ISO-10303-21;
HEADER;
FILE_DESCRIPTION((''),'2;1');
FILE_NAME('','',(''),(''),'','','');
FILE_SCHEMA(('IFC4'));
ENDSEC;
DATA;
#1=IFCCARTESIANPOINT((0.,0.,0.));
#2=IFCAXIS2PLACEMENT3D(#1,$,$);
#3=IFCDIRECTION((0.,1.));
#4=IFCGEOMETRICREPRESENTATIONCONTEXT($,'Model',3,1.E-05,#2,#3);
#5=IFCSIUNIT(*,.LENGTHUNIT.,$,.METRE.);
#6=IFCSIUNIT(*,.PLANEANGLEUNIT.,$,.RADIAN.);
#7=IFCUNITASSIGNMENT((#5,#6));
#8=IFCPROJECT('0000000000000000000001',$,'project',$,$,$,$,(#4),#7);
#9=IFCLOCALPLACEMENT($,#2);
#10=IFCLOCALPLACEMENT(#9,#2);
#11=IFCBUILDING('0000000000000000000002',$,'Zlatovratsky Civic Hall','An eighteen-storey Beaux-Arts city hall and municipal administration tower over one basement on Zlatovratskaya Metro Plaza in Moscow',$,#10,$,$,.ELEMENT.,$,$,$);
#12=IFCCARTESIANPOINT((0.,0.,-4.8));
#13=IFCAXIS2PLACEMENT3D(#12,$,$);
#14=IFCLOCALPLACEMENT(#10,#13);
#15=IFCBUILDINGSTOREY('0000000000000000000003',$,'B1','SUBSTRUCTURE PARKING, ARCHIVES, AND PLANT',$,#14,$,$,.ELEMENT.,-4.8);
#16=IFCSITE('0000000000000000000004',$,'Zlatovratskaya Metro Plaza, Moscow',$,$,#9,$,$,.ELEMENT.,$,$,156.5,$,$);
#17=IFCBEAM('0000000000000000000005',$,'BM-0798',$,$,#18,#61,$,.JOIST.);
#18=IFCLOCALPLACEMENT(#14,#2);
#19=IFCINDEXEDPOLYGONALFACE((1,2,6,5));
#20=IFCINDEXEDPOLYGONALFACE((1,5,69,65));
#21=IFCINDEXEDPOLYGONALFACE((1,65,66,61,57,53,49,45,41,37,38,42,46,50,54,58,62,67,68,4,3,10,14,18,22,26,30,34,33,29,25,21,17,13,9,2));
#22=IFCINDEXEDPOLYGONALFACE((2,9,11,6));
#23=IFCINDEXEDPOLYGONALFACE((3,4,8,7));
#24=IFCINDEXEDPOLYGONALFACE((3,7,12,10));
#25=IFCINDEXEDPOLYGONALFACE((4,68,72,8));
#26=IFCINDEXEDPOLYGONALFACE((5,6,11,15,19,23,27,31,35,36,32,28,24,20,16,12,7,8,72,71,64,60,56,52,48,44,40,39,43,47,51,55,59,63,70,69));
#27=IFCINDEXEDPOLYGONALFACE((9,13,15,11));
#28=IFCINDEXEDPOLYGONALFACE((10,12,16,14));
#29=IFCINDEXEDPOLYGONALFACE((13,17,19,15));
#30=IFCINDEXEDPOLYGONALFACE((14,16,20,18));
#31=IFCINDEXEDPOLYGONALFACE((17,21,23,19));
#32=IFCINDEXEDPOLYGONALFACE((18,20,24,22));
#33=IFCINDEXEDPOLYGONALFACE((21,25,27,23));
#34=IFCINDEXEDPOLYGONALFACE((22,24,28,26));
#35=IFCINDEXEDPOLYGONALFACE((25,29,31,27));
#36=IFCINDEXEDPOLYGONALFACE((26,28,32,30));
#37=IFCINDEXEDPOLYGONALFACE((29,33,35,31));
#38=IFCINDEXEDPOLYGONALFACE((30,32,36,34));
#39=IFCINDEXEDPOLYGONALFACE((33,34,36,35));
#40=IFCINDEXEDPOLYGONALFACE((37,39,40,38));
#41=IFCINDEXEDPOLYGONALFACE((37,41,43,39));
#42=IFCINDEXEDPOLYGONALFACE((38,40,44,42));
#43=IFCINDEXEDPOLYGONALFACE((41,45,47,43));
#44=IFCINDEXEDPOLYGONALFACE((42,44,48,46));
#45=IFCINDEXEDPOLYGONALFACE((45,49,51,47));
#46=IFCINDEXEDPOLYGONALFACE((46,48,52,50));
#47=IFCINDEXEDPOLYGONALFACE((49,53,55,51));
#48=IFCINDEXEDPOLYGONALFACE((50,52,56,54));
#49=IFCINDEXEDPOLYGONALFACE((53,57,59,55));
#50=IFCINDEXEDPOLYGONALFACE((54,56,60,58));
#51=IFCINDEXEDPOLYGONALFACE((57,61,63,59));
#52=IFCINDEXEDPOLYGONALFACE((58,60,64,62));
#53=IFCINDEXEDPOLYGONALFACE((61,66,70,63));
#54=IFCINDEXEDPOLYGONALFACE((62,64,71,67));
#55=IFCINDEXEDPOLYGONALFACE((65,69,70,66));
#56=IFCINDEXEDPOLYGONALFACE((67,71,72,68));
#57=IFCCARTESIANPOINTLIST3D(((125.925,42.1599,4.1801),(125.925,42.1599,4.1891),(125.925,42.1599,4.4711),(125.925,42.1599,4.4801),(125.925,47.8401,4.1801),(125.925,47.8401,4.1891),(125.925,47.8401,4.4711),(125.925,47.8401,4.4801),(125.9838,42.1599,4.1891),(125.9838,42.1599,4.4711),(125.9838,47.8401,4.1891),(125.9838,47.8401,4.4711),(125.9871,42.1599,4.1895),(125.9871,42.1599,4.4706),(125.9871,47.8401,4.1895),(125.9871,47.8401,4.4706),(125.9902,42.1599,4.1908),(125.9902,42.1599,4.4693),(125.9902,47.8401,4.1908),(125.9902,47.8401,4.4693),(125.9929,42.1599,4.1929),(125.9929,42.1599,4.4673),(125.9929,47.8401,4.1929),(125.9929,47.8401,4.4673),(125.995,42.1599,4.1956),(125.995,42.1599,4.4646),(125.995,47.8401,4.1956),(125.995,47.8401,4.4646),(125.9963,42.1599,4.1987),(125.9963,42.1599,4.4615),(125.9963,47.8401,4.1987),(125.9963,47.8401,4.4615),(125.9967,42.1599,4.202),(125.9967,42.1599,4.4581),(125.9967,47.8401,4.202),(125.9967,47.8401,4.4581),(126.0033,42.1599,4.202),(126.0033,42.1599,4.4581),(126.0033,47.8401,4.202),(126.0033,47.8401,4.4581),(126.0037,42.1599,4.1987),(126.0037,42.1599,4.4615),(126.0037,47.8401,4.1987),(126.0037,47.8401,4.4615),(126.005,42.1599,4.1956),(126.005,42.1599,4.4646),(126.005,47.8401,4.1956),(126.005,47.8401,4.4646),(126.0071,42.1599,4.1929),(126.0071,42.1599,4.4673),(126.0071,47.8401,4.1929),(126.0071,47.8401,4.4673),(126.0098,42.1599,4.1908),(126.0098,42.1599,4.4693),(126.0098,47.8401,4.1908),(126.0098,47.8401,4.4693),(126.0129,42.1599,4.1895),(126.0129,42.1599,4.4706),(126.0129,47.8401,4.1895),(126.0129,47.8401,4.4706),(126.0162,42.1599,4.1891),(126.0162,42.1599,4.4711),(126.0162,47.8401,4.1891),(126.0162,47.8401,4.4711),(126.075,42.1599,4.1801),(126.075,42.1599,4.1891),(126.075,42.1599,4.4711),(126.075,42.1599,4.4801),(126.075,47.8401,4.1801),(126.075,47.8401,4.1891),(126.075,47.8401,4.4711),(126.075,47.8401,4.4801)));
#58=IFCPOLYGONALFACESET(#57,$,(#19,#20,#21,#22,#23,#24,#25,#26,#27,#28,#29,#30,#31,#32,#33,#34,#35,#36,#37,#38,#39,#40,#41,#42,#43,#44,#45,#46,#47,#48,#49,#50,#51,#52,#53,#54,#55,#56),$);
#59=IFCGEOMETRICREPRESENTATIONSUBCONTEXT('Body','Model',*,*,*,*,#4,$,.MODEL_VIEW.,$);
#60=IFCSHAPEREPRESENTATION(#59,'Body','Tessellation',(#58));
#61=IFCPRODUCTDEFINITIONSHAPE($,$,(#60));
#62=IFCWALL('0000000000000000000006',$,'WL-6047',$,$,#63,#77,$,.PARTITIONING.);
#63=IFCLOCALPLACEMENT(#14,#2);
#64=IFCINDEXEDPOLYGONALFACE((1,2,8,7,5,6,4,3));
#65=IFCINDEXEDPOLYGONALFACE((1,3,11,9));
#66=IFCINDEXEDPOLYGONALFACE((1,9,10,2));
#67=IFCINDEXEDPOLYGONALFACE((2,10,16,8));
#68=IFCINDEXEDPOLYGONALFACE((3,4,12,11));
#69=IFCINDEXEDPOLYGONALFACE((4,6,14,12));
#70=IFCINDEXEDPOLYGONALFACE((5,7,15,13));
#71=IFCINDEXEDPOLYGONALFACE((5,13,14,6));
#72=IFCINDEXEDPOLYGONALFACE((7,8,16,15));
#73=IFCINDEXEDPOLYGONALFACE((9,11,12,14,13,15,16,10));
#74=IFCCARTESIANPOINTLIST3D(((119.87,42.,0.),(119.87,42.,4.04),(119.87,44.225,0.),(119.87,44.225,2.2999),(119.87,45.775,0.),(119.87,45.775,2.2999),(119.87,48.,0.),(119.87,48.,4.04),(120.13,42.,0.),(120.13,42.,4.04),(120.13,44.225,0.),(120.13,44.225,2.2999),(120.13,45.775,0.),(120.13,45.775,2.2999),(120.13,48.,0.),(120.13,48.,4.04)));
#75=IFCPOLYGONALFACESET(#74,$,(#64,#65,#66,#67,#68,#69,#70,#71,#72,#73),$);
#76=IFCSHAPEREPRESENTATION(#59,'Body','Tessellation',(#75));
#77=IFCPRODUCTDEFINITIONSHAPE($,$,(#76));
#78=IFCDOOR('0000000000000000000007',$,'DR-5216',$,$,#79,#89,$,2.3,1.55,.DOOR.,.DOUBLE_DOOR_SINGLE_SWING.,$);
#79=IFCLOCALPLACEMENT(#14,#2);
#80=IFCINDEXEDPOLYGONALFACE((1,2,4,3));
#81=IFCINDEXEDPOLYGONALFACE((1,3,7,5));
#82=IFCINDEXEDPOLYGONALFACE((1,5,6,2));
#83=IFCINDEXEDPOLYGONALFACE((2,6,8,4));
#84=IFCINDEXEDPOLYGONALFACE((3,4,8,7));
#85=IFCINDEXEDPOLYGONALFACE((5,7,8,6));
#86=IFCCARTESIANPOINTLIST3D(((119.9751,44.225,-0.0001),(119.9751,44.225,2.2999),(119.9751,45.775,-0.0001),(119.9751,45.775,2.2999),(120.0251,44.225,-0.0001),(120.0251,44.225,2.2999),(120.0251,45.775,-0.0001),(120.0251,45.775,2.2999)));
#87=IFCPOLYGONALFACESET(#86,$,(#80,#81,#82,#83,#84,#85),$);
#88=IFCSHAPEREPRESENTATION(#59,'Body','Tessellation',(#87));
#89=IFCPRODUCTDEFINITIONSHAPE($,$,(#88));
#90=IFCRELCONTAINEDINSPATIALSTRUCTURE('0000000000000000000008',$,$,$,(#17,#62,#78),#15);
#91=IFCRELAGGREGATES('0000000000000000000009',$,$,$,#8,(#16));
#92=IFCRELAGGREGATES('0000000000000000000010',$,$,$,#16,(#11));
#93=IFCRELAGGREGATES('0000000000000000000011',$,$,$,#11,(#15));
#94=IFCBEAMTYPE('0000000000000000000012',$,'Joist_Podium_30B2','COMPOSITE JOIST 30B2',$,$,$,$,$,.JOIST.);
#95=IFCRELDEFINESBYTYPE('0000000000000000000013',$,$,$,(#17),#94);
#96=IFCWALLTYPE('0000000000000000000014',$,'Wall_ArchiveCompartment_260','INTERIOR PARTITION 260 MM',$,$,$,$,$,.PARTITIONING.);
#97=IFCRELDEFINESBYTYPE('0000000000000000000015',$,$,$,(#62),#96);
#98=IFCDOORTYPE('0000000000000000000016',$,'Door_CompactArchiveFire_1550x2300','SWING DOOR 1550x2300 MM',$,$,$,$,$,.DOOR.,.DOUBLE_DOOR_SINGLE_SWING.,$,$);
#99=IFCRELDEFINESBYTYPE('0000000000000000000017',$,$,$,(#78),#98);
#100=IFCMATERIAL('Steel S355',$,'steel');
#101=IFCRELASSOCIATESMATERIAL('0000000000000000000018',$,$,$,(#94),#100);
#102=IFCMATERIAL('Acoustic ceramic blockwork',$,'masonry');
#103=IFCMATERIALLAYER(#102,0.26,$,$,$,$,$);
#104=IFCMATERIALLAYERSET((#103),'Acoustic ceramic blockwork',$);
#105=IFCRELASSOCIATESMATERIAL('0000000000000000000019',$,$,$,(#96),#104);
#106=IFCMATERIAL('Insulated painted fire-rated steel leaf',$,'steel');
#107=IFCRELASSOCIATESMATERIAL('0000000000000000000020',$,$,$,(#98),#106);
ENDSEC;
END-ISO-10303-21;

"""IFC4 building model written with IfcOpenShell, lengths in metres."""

from ifc_helpers import new_model, si_unit, direction, frame, frame_2d, origin, origin_2d, place, context, subcontext, project, spatial, rectangle, i_section, extrude, material, layer, layer_set, material_profile, profile_set, type_object, element, fill, save


model = new_model("IFC4")

# Units and contexts
model_context = context("Model", 3, precision=1e-05, world=origin(), true_north=direction((0.0, 1.0)))
body_context = subcontext(model_context, "Body", "Model", "MODEL_VIEW")
ifc_project = project(units=[si_unit("LENGTHUNIT", "METRE"), si_unit("PLANEANGLEUNIT", "RADIAN")], contexts=[model_context])

# Site, building, storey
site_placement = place(None, origin())
site = spatial("IfcSite", under=ifc_project, at=site_placement, Name="Zlatovratskaya Metro Plaza, Moscow", CompositionType="ELEMENT", RefElevation=156.5)
building_placement = place(site_placement, origin())
building = spatial("IfcBuilding", under=site, at=building_placement, Name="Zlatovratsky Civic Hall", Description="An eighteen-storey Beaux-Arts city hall and municipal administration tower over one basement on Zlatovratskaya Metro Plaza in Moscow", CompositionType="ELEMENT")
storey_placement = place(building_placement, frame((0.0, 0.0, -4.8)))
storey = spatial("IfcBuildingStorey", under=building, at=storey_placement, Name="B1", Description="SUBSTRUCTURE PARKING, ARCHIVES, AND PLANT", CompositionType="ELEMENT", Elevation=-4.8)

# Shared definitions
ifc_material_1 = material(Name="Steel S355", Category="steel")

# Beam
ifc_material_profile_1 = material_profile(ifc_material_1, i_section(OverallWidth=0.1499, OverallDepth=0.3, WebThickness=0.0066, FlangeThickness=0.009, FilletRadius=0.0129, at=origin_2d()), Name="30B2")
ifc_profile_set_1 = profile_set([ifc_material_profile_1], Name="Steel S355")
beam_type_1 = type_object("IfcBeamType", Name="Joist_Podium_30B2", Description="COMPOSITE JOIST 30B2", PredefinedType="JOIST", material=ifc_profile_set_1)
for number, where, z_axis, x_axis, name in (
    (1, (126.0, 42.1599, 4.3301), (0.0, 1.0, 0.0), (-1.0, 0.0, 0.0), "BM-0798"),
):
    element("IfcBeam", number, at=place(storey_placement, frame(where, z_axis=z_axis, x_axis=x_axis)), inside=storey, type_object=beam_type_1, Name=name, PredefinedType="JOIST", context=body_context, shape_type="SweptSolid", body=[
        extrude(i_section(OverallWidth=0.1499, OverallDepth=0.3, WebThickness=0.0066, FlangeThickness=0.009, FilletRadius=0.0129, at=origin_2d()), origin(), (0.0, 0.0, 1.0), 5.6802),
    ])

# Wall, opening, door
ifc_material_2 = material(Name="Acoustic ceramic blockwork", Category="masonry")
ifc_layer = layer(ifc_material_2, 0.26)
ifc_layer_set = layer_set([ifc_layer], Name="Acoustic ceramic blockwork")
wall_type = type_object("IfcWallType", Name="Wall_ArchiveCompartment_260", Description="INTERIOR PARTITION 260 MM", PredefinedType="PARTITIONING", material=ifc_layer_set)
wall_placement = place(storey_placement, frame((120.0, 42.0, 0.0), z_axis=(0.0, 0.0, 1.0), x_axis=(0.0, 1.0, 0.0)))
wall = element("IfcWall", 2, at=wall_placement, inside=storey, type_object=wall_type, Name="WL-6047", PredefinedType="PARTITIONING", context=body_context, shape_type="SweptSolid", body=[
    extrude(rectangle(XDim=6.0, YDim=0.26, at=frame_2d((3.0, 0.0))), origin(), (0.0, 0.0, 1.0), 4.04),
])
opening_placement = place(wall_placement, frame((2.2251, 0.0, 0.0)))
opening = element("IfcOpeningElement", 3, at=opening_placement, cuts=wall, PredefinedType="OPENING", context=body_context, shape_type="SweptSolid", body=[
    extrude(rectangle(XDim=1.55, YDim=2.3, at=frame_2d((0.7749, 1.1499))), frame((0.0, 0.145, 0.0), z_axis=(0.0, -1.0, 0.0), x_axis=(1.0, 0.0, 0.0)), (0.0, 0.0, 1.0), 0.2898),
])
ifc_material_3 = material(Name="Insulated painted fire-rated steel leaf", Category="steel")
door_type = type_object("IfcDoorType", Name="Door_CompactArchiveFire_1550x2300", Description="SWING DOOR 1550x2300 MM", OperationType="DOUBLE_DOOR_SINGLE_SWING", PredefinedType="DOOR", material=ifc_material_3)
door_placement = place(opening_placement, origin())
door = element("IfcDoor", 4, at=door_placement, inside=storey, type_object=door_type, Name="DR-5216", OperationType="DOUBLE_DOOR_SINGLE_SWING", OverallHeight=2.3, OverallWidth=1.55, PredefinedType="DOOR", context=body_context, shape_type="SweptSolid", body=[
    extrude(rectangle(XDim=1.55, YDim=2.3, at=frame_2d((0.7749, 1.1499))), frame((0.0, 0.0249, 0.0), z_axis=(0.0, -1.0, 0.0), x_axis=(1.0, 0.0, 0.0)), (0.0, 0.0, 1.0), 0.05),
])
fill(opening, door)

save(model, "model.ifc")
